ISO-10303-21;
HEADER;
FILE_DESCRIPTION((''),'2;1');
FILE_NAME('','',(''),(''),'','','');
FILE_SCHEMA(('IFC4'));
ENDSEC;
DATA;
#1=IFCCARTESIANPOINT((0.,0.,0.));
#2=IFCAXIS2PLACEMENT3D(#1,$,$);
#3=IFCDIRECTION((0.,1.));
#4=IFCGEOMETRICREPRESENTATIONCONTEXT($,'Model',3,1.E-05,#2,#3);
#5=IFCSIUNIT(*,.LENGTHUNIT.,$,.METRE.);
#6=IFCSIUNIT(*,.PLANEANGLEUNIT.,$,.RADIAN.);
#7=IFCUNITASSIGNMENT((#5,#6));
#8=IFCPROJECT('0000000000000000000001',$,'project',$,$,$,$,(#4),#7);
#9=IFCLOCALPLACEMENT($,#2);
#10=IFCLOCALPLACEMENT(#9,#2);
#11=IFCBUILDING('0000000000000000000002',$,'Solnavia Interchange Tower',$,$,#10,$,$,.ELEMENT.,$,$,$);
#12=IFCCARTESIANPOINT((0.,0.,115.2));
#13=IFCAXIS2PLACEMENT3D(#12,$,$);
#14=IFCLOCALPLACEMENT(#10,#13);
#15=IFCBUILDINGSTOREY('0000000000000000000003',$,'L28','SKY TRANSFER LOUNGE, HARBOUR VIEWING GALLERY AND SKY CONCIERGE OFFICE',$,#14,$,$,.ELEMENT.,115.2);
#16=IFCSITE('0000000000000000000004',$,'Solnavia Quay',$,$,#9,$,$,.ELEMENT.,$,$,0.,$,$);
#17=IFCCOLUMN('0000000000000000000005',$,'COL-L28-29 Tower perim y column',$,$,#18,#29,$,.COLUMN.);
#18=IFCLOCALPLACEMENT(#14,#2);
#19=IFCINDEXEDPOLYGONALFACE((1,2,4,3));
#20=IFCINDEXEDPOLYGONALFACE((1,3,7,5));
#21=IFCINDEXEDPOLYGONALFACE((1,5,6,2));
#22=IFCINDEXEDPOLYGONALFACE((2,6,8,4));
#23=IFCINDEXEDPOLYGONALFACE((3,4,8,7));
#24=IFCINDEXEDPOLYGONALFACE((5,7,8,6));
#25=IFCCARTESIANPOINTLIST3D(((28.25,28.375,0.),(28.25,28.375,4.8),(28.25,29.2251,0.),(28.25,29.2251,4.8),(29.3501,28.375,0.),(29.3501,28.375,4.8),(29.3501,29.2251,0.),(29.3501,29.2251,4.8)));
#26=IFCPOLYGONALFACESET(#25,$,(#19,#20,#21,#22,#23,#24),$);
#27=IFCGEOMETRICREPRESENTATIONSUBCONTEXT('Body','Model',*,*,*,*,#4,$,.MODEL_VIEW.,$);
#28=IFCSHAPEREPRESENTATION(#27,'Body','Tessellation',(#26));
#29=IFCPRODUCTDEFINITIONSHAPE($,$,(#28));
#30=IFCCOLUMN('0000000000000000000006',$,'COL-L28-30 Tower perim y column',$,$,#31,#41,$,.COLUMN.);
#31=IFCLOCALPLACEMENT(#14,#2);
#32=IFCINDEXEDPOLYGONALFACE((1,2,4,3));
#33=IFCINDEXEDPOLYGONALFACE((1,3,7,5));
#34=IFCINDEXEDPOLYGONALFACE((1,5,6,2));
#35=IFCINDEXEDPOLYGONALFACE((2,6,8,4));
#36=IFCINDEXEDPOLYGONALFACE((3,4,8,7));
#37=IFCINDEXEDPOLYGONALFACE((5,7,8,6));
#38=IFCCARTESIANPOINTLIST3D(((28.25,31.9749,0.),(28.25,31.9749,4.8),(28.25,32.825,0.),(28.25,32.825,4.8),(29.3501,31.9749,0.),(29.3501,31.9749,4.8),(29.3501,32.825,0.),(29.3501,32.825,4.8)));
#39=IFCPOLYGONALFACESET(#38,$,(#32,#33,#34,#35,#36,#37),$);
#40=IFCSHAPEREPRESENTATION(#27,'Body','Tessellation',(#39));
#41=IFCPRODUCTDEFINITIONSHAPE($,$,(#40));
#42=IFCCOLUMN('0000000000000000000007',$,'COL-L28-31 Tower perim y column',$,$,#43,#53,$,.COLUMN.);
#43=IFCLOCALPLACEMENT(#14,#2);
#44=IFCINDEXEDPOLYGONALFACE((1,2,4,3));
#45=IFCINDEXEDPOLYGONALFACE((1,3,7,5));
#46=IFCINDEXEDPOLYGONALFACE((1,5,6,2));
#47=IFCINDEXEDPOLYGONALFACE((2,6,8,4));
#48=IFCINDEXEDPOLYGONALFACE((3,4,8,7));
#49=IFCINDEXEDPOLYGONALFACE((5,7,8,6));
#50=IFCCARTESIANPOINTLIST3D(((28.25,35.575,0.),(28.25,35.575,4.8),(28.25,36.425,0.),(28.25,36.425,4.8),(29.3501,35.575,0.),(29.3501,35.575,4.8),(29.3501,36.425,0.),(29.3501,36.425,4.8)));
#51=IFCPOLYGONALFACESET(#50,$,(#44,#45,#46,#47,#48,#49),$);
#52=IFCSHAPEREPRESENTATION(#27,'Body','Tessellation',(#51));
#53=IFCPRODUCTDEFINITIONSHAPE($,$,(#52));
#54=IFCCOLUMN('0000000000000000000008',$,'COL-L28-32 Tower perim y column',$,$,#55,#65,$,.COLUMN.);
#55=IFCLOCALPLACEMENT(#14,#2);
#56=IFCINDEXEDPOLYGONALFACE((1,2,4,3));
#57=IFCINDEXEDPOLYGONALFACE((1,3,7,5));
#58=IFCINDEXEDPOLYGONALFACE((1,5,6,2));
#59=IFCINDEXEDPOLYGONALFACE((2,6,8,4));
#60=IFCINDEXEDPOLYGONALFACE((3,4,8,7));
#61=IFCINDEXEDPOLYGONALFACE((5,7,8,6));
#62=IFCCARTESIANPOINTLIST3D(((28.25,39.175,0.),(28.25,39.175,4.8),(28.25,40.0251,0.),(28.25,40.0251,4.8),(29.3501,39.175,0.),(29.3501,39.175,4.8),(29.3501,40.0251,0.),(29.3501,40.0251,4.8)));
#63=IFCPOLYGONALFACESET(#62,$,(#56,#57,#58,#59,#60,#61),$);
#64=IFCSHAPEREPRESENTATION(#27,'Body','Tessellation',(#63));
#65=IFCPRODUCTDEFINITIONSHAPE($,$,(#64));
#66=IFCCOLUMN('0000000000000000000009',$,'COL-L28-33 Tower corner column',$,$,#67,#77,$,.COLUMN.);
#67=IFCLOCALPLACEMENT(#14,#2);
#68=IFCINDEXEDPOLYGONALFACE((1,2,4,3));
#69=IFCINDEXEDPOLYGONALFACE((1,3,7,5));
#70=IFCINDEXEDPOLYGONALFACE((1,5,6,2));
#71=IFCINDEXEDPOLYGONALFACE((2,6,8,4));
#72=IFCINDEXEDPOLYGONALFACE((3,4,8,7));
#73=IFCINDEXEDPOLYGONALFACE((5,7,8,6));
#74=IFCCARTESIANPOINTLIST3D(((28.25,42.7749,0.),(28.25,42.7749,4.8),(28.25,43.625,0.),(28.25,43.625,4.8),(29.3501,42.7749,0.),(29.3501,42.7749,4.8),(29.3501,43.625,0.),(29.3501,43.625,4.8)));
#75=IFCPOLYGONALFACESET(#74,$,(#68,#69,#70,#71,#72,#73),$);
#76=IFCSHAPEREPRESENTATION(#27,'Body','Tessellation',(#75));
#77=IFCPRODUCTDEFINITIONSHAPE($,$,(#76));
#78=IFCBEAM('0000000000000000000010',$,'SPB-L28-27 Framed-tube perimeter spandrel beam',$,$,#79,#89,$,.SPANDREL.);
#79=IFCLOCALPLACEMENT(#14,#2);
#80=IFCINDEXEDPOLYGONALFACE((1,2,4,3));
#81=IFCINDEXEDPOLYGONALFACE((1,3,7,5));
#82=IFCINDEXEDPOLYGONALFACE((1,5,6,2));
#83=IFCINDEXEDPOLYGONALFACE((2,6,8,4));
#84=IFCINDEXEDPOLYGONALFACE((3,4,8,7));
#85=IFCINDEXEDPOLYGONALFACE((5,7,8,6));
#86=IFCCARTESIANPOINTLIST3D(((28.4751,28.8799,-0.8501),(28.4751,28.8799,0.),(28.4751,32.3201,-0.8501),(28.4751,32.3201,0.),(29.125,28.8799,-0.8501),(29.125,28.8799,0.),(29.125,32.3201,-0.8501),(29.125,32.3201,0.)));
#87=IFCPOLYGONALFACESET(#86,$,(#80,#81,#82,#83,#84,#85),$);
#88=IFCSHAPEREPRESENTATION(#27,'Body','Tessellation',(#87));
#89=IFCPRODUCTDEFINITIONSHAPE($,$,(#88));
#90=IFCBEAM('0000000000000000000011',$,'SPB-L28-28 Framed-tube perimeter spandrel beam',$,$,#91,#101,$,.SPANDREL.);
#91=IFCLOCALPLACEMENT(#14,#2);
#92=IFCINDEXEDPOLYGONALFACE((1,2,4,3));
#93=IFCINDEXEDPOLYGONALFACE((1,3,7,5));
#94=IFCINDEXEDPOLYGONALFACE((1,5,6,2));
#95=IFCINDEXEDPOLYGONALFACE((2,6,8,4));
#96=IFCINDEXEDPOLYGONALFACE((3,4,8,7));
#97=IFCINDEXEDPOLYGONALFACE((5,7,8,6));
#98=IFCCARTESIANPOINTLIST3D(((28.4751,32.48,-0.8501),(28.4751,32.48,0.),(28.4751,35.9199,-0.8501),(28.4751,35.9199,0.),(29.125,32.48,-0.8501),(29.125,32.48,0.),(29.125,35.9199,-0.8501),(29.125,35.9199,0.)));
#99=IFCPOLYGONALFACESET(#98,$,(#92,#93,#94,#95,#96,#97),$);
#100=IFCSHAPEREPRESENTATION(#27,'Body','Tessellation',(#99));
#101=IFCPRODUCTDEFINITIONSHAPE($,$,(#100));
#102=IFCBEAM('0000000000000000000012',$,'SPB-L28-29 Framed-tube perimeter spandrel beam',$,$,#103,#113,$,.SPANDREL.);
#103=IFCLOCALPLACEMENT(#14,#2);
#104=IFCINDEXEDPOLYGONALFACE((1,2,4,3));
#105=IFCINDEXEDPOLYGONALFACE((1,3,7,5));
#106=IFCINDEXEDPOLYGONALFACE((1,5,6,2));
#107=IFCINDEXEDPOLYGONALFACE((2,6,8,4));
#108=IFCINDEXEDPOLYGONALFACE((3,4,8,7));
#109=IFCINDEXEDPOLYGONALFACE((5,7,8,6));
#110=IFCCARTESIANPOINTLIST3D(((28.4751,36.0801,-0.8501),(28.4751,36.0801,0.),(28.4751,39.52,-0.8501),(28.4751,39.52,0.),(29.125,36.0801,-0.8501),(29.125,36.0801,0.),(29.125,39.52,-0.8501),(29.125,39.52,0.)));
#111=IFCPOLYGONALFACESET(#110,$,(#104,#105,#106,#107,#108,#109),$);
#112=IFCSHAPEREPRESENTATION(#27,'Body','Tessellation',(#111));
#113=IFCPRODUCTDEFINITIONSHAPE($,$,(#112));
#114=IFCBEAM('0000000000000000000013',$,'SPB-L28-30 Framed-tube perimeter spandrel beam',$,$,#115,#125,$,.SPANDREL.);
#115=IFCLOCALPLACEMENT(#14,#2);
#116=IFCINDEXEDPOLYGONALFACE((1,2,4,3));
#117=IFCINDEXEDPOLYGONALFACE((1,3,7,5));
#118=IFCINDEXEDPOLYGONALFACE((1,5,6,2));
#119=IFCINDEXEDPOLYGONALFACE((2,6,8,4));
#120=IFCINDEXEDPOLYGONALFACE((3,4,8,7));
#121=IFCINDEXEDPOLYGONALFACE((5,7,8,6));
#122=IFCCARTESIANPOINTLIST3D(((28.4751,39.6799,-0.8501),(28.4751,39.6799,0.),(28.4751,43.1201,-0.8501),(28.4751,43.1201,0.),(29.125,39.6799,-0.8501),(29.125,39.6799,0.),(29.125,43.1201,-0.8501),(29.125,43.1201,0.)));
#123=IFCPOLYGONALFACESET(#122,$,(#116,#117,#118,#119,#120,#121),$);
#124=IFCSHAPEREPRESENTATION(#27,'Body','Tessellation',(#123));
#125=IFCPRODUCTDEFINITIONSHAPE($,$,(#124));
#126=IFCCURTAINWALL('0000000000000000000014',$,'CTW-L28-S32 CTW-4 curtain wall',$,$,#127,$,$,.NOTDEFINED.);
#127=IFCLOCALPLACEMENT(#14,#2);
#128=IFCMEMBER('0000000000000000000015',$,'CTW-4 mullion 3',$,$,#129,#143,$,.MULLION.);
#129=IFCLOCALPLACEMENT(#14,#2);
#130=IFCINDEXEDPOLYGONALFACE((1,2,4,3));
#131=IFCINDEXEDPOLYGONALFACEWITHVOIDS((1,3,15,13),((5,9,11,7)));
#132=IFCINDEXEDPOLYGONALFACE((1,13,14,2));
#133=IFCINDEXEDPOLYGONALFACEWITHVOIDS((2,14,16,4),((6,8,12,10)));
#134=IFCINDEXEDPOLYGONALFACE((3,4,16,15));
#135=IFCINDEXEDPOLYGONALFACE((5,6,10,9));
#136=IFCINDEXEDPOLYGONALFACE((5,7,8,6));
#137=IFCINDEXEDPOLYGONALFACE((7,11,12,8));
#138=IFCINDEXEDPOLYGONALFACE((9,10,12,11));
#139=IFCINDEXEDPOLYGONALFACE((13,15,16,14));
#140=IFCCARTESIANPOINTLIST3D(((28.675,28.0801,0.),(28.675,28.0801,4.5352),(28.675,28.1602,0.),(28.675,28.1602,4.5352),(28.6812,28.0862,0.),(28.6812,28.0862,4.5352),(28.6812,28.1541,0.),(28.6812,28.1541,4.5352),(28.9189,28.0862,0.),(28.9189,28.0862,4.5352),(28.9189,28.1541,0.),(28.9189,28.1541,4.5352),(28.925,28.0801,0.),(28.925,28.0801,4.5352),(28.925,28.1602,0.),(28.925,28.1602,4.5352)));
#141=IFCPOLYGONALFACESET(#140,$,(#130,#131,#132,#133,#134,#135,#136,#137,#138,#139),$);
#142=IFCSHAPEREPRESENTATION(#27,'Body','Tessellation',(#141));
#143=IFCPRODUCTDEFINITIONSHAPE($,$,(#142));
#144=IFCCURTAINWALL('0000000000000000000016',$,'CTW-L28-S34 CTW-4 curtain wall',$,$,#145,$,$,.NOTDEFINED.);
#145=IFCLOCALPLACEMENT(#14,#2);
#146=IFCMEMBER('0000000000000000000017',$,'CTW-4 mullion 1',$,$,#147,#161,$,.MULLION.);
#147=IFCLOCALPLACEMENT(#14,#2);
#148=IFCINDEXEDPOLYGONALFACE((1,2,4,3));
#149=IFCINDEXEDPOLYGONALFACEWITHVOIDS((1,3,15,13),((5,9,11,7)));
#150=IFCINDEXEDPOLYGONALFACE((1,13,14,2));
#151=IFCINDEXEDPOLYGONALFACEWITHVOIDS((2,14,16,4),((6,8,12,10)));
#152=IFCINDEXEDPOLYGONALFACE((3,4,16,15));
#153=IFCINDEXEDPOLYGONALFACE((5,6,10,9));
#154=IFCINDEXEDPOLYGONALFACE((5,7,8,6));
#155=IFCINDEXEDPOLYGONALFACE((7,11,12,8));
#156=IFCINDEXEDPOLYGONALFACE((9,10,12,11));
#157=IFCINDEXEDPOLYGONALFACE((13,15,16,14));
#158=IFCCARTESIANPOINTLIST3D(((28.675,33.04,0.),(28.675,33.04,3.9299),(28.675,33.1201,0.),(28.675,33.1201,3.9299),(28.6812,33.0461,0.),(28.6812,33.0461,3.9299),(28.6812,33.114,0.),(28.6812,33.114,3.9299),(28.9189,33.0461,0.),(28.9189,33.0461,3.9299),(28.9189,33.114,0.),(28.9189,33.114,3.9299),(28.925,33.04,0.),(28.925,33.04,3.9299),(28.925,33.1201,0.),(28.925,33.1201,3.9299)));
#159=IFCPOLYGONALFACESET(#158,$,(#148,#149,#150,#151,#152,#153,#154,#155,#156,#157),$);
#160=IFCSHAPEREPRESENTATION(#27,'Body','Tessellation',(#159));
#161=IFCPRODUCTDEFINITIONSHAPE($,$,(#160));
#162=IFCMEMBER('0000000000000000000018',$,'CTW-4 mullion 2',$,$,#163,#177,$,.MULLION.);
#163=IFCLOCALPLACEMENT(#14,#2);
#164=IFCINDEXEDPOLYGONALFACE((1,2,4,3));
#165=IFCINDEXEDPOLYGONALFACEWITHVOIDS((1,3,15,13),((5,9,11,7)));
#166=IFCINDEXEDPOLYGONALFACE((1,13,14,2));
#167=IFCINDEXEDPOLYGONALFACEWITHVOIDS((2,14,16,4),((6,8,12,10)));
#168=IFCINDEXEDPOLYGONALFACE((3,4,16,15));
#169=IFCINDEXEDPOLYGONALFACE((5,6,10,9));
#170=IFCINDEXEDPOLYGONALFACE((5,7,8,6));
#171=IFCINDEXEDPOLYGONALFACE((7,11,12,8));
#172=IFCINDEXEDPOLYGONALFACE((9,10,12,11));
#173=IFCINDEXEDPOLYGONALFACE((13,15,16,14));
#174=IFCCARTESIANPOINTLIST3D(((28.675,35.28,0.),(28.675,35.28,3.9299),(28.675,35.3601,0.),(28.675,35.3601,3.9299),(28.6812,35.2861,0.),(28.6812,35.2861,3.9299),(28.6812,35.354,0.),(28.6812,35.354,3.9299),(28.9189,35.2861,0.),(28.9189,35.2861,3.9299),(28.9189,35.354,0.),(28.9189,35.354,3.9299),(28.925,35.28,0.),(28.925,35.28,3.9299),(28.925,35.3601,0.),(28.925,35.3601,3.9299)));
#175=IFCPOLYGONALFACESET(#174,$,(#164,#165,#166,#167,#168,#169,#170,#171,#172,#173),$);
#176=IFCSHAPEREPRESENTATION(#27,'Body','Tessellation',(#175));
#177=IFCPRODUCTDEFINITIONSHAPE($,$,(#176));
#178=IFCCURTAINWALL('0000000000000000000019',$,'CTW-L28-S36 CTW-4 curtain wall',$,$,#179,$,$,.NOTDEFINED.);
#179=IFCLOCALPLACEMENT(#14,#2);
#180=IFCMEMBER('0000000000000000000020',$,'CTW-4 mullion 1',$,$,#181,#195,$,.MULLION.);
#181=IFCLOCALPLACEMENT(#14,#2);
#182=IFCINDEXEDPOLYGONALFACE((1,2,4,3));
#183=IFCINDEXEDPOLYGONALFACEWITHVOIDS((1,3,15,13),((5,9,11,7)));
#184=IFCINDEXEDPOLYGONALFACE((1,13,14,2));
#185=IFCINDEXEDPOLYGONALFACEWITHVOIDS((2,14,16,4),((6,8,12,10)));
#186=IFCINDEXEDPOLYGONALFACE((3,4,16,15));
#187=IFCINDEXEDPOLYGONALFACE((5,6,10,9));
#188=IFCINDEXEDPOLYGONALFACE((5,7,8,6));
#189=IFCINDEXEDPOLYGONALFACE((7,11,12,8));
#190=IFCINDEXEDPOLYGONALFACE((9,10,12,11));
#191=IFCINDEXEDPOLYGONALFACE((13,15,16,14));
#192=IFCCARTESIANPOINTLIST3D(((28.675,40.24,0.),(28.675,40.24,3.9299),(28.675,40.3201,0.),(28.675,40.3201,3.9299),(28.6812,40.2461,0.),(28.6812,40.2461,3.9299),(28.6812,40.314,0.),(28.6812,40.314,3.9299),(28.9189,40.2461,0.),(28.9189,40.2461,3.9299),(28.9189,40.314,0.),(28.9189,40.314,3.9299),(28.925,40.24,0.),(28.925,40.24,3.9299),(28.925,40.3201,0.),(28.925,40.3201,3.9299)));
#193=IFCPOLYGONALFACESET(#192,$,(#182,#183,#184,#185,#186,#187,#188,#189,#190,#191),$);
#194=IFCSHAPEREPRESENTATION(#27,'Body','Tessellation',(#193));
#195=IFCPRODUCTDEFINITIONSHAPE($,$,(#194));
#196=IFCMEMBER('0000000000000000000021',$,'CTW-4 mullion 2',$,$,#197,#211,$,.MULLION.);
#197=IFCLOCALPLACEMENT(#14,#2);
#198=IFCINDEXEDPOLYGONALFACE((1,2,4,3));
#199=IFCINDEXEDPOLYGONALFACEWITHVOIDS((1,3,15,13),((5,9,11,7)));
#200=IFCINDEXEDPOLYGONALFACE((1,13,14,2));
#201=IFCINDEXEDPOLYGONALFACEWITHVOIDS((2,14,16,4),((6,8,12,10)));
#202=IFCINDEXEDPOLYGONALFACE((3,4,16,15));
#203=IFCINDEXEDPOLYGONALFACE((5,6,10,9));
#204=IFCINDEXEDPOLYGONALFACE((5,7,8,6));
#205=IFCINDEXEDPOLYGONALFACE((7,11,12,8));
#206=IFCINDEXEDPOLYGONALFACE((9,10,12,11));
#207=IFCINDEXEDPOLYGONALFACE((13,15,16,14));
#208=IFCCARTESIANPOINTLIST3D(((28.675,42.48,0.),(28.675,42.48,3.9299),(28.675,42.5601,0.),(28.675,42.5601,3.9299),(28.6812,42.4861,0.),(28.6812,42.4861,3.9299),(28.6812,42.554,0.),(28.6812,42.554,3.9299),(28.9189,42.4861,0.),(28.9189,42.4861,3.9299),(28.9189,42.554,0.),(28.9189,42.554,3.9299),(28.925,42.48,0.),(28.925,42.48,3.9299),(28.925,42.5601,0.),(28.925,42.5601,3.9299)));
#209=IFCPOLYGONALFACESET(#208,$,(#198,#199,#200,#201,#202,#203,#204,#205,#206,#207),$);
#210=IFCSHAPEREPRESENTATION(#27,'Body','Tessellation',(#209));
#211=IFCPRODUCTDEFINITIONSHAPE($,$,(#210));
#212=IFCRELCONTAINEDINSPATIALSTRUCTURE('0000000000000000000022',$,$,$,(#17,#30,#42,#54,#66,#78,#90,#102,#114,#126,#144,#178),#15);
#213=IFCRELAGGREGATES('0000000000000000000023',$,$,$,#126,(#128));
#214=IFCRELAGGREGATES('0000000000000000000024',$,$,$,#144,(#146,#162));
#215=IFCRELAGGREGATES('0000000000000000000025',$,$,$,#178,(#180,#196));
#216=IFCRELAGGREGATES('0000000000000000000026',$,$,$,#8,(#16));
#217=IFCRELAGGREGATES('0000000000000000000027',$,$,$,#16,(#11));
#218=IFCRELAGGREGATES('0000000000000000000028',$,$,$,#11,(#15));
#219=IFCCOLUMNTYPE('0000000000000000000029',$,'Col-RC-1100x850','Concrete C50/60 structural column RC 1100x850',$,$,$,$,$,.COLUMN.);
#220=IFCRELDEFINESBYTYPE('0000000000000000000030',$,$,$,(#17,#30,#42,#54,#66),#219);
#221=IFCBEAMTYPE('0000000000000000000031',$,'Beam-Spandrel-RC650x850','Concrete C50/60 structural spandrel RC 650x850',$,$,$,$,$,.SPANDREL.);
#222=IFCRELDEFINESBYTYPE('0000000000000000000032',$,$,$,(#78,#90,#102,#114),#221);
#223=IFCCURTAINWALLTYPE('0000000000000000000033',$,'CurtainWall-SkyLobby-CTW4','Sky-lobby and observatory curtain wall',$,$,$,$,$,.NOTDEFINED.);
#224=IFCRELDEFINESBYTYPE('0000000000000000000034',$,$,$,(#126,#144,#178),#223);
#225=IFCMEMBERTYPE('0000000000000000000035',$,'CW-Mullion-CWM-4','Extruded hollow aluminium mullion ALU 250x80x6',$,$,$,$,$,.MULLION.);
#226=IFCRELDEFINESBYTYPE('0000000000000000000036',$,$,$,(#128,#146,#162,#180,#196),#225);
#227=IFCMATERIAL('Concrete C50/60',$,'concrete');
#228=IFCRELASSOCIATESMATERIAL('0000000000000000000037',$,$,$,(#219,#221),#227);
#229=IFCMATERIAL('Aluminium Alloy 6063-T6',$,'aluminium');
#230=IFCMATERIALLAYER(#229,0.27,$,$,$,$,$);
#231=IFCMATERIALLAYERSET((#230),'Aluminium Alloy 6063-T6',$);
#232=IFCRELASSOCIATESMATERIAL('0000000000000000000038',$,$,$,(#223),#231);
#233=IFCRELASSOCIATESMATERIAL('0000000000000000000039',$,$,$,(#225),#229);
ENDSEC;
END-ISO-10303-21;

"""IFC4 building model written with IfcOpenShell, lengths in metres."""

from ifc_helpers import new_model, si_unit, direction, frame, origin, origin_2d, place, context, subcontext, project, spatial, rectangle, hollow_rectangle, extrude, material, layer, layer_set, material_profile, profile_set, type_object, element, aggregate, save


model = new_model("IFC4")

# Units and contexts
model_context = context("Model", 3, precision=1e-05, world=origin(), true_north=direction((0.0, 1.0)))
body_context = subcontext(model_context, "Body", "Model", "MODEL_VIEW")
ifc_project = project(units=[si_unit("LENGTHUNIT", "METRE"), si_unit("PLANEANGLEUNIT", "RADIAN")], contexts=[model_context])

# Site, building, storey
site_placement = place(None, origin())
site = spatial("IfcSite", under=ifc_project, at=site_placement, Name="Solnavia Quay", CompositionType="ELEMENT", RefElevation=0.0)
building_placement = place(site_placement, origin())
building = spatial("IfcBuilding", under=site, at=building_placement, Name="Solnavia Interchange Tower", CompositionType="ELEMENT")
storey_placement = place(building_placement, frame((0.0, 0.0, 115.2)))
storey = spatial("IfcBuildingStorey", under=building, at=storey_placement, Name="L28", Description="SKY TRANSFER LOUNGE, HARBOUR VIEWING GALLERY AND SKY CONCIERGE OFFICE", CompositionType="ELEMENT", Elevation=115.2)

# Columns
ifc_material_1 = material(Name="Concrete C50/60", Category="concrete")
ifc_material_profile_1 = material_profile(ifc_material_1, rectangle(XDim=0.8501, YDim=1.1001, at=origin_2d()), Name="RC 1100x850")
ifc_profile_set_1 = profile_set([ifc_material_profile_1], Name="Concrete C50/60")
column_type = type_object("IfcColumnType", Name="Col-RC-1100x850", Description="Concrete C50/60 structural column RC 1100x850", PredefinedType="COLUMN", material=ifc_profile_set_1)
for number, where, z_axis, x_axis, name in (
    (1, (28.8, 28.8, 0.0), (0.0, 0.0, 1.0), (0.0, 1.0, 0.0), "COL-L28-29 Tower perim y column"),
    (2, (28.8, 32.3999, 0.0), (0.0, 0.0, 1.0), (0.0, 1.0, 0.0), "COL-L28-30 Tower perim y column"),
    (3, (28.8, 36.0, 0.0), (0.0, 0.0, 1.0), (0.0, 1.0, 0.0), "COL-L28-31 Tower perim y column"),
    (4, (28.8, 39.6001, 0.0), (0.0, 0.0, 1.0), (0.0, 1.0, 0.0), "COL-L28-32 Tower perim y column"),
    (5, (28.8, 43.2, 0.0), (0.0, 0.0, 1.0), (0.0, 1.0, 0.0), "COL-L28-33 Tower corner column"),
):
    element("IfcColumn", number, at=place(storey_placement, frame(where, z_axis=z_axis, x_axis=x_axis)), inside=storey, type_object=column_type, Name=name, PredefinedType="COLUMN", context=body_context, shape_type="SweptSolid", body=[
        extrude(rectangle(XDim=0.8501, YDim=1.1001, at=origin_2d()), origin(), (0.0, 0.0, 1.0), 4.8),
    ])

# Beams
ifc_material_profile_2 = material_profile(ifc_material_1, rectangle(XDim=0.6499, YDim=0.8501, at=origin_2d()), Name="RC 650x850")
ifc_profile_set_2 = profile_set([ifc_material_profile_2], Name="Concrete C50/60")
beam_type = type_object("IfcBeamType", Name="Beam-Spandrel-RC650x850", Description="Concrete C50/60 structural spandrel RC 650x850", PredefinedType="SPANDREL", material=ifc_profile_set_2)
beam_1_placement = place(storey_placement, frame((28.8, 28.8799, -0.425), z_axis=(0.0, 1.0, 0.0), x_axis=(-1.0, 0.0, 0.0)))
element("IfcBeam", 6, at=beam_1_placement, inside=storey, type_object=beam_type, Name="SPB-L28-27 Framed-tube perimeter spandrel beam", PredefinedType="SPANDREL", context=body_context, shape_type="SweptSolid", body=[
    extrude(rectangle(XDim=0.6499, YDim=0.8501, at=origin_2d()), origin(), (0.0, 0.0, 1.0), 3.4402),
])
for number, where, z_axis, x_axis, name in (
    (7, (28.8, 32.48, -0.425), (0.0, 1.0, 0.0), (-1.0, 0.0, 0.0), "SPB-L28-28 Framed-tube perimeter spandrel beam"),
    (8, (28.8, 36.0801, -0.425), (0.0, 1.0, 0.0), (-1.0, 0.0, 0.0), "SPB-L28-29 Framed-tube perimeter spandrel beam"),
):
    element("IfcBeam", number, at=place(storey_placement, frame(where, z_axis=z_axis, x_axis=x_axis)), inside=storey, type_object=beam_type, Name=name, PredefinedType="SPANDREL", context=body_context, shape_type="SweptSolid", body=[
        extrude(rectangle(XDim=0.6499, YDim=0.8501, at=origin_2d()), origin(), (0.0, 0.0, 1.0), 3.4399),
    ])
beam_2_placement = place(storey_placement, frame((28.8, 39.6799, -0.425), z_axis=(0.0, 1.0, 0.0), x_axis=(-1.0, 0.0, 0.0)))
element("IfcBeam", 9, at=beam_2_placement, inside=storey, type_object=beam_type, Name="SPB-L28-30 Framed-tube perimeter spandrel beam", PredefinedType="SPANDREL", context=body_context, shape_type="SweptSolid", body=[
    extrude(rectangle(XDim=0.6499, YDim=0.8501, at=origin_2d()), origin(), (0.0, 0.0, 1.0), 3.4402),
])

# Curtain wall, member
ifc_material_2 = material(Name="Aluminium Alloy 6063-T6", Category="aluminium")
ifc_layer_1 = layer(ifc_material_2, 0.27)
ifc_layer_set_1 = layer_set([ifc_layer_1], Name="Aluminium Alloy 6063-T6")
curtain_wall_type = type_object("IfcCurtainWallType", Name="CurtainWall-SkyLobby-CTW4", Description="Sky-lobby and observatory curtain wall", PredefinedType="NOTDEFINED", material=ifc_layer_set_1)
curtain_wall_1_placement = place(storey_placement, origin())
curtain_wall_1 = element("IfcCurtainWall", 10, at=curtain_wall_1_placement, inside=storey, type_object=curtain_wall_type, Name="CTW-L28-S32 CTW-4 curtain wall", PredefinedType="NOTDEFINED")
ifc_material_profile_3 = material_profile(ifc_material_2, hollow_rectangle(XDim=0.0801, YDim=0.25, WallThickness=0.0061, at=origin_2d()), Name="ALU 250x80x6")
ifc_profile_set_3 = profile_set([ifc_material_profile_3], Name="Aluminium Alloy 6063-T6")
member_type_1 = type_object("IfcMemberType", Name="CW-Mullion-CWM-4", Description="Extruded hollow aluminium mullion ALU 250x80x6", PredefinedType="MULLION", material=ifc_profile_set_3)
member_1_placement = place(storey_placement, frame((28.8, 28.1201, 0.0), z_axis=(0.0, 0.0, 1.0), x_axis=(0.0, 1.0, 0.0)))
member_1 = element("IfcMember", 11, at=member_1_placement, type_object=member_type_1, Name="CTW-4 mullion 3", PredefinedType="MULLION", context=body_context, shape_type="SweptSolid", body=[
    extrude(hollow_rectangle(XDim=0.0801, YDim=0.25, WallThickness=0.0061, at=origin_2d()), origin(), (0.0, 0.0, 1.0), 4.5352),
])

# Curtain walls, members
curtain_wall_2_placement = place(storey_placement, origin())
curtain_wall_2 = element("IfcCurtainWall", 12, at=curtain_wall_2_placement, inside=storey, type_object=curtain_wall_type, Name="CTW-L28-S34 CTW-4 curtain wall", PredefinedType="NOTDEFINED")
member_2_placement = place(storey_placement, frame((28.8, 33.0801, 0.0), z_axis=(0.0, 0.0, 1.0), x_axis=(0.0, 1.0, 0.0)))
member_2 = element("IfcMember", 13, at=member_2_placement, type_object=member_type_1, Name="CTW-4 mullion 1", PredefinedType="MULLION", context=body_context, shape_type="SweptSolid", body=[
    extrude(hollow_rectangle(XDim=0.0801, YDim=0.25, WallThickness=0.0061, at=origin_2d()), origin(), (0.0, 0.0, 1.0), 3.9299),
])
member_3_placement = place(storey_placement, frame((28.8, 35.3201, 0.0), z_axis=(0.0, 0.0, 1.0), x_axis=(0.0, 1.0, 0.0)))
member_3 = element("IfcMember", 14, at=member_3_placement, type_object=member_type_1, Name="CTW-4 mullion 2", PredefinedType="MULLION", context=body_context, shape_type="SweptSolid", body=[
    extrude(hollow_rectangle(XDim=0.0801, YDim=0.25, WallThickness=0.0061, at=origin_2d()), origin(), (0.0, 0.0, 1.0), 3.9299),
])
curtain_wall_3_placement = place(storey_placement, origin())
curtain_wall_3 = element("IfcCurtainWall", 15, at=curtain_wall_3_placement, inside=storey, type_object=curtain_wall_type, Name="CTW-L28-S36 CTW-4 curtain wall", PredefinedType="NOTDEFINED")
member_4_placement = place(storey_placement, frame((28.8, 40.28, 0.0), z_axis=(0.0, 0.0, 1.0), x_axis=(0.0, 1.0, 0.0)))
member_4 = element("IfcMember", 16, at=member_4_placement, type_object=member_type_1, Name="CTW-4 mullion 1", PredefinedType="MULLION", context=body_context, shape_type="SweptSolid", body=[
    extrude(hollow_rectangle(XDim=0.0801, YDim=0.25, WallThickness=0.0061, at=origin_2d()), origin(), (0.0, 0.0, 1.0), 3.9299),
])
member_5_placement = place(storey_placement, frame((28.8, 42.52, 0.0), z_axis=(0.0, 0.0, 1.0), x_axis=(0.0, 1.0, 0.0)))
member_5 = element("IfcMember", 17, at=member_5_placement, type_object=member_type_1, Name="CTW-4 mullion 2", PredefinedType="MULLION", context=body_context, shape_type="SweptSolid", body=[
    extrude(hollow_rectangle(XDim=0.0801, YDim=0.25, WallThickness=0.0061, at=origin_2d()), origin(), (0.0, 0.0, 1.0), 3.9299),
])

aggregate(curtain_wall_1, [member_1])
aggregate(curtain_wall_2, [member_2, member_3])
aggregate(curtain_wall_3, [member_4, member_5])

save(model, "model.ifc")
